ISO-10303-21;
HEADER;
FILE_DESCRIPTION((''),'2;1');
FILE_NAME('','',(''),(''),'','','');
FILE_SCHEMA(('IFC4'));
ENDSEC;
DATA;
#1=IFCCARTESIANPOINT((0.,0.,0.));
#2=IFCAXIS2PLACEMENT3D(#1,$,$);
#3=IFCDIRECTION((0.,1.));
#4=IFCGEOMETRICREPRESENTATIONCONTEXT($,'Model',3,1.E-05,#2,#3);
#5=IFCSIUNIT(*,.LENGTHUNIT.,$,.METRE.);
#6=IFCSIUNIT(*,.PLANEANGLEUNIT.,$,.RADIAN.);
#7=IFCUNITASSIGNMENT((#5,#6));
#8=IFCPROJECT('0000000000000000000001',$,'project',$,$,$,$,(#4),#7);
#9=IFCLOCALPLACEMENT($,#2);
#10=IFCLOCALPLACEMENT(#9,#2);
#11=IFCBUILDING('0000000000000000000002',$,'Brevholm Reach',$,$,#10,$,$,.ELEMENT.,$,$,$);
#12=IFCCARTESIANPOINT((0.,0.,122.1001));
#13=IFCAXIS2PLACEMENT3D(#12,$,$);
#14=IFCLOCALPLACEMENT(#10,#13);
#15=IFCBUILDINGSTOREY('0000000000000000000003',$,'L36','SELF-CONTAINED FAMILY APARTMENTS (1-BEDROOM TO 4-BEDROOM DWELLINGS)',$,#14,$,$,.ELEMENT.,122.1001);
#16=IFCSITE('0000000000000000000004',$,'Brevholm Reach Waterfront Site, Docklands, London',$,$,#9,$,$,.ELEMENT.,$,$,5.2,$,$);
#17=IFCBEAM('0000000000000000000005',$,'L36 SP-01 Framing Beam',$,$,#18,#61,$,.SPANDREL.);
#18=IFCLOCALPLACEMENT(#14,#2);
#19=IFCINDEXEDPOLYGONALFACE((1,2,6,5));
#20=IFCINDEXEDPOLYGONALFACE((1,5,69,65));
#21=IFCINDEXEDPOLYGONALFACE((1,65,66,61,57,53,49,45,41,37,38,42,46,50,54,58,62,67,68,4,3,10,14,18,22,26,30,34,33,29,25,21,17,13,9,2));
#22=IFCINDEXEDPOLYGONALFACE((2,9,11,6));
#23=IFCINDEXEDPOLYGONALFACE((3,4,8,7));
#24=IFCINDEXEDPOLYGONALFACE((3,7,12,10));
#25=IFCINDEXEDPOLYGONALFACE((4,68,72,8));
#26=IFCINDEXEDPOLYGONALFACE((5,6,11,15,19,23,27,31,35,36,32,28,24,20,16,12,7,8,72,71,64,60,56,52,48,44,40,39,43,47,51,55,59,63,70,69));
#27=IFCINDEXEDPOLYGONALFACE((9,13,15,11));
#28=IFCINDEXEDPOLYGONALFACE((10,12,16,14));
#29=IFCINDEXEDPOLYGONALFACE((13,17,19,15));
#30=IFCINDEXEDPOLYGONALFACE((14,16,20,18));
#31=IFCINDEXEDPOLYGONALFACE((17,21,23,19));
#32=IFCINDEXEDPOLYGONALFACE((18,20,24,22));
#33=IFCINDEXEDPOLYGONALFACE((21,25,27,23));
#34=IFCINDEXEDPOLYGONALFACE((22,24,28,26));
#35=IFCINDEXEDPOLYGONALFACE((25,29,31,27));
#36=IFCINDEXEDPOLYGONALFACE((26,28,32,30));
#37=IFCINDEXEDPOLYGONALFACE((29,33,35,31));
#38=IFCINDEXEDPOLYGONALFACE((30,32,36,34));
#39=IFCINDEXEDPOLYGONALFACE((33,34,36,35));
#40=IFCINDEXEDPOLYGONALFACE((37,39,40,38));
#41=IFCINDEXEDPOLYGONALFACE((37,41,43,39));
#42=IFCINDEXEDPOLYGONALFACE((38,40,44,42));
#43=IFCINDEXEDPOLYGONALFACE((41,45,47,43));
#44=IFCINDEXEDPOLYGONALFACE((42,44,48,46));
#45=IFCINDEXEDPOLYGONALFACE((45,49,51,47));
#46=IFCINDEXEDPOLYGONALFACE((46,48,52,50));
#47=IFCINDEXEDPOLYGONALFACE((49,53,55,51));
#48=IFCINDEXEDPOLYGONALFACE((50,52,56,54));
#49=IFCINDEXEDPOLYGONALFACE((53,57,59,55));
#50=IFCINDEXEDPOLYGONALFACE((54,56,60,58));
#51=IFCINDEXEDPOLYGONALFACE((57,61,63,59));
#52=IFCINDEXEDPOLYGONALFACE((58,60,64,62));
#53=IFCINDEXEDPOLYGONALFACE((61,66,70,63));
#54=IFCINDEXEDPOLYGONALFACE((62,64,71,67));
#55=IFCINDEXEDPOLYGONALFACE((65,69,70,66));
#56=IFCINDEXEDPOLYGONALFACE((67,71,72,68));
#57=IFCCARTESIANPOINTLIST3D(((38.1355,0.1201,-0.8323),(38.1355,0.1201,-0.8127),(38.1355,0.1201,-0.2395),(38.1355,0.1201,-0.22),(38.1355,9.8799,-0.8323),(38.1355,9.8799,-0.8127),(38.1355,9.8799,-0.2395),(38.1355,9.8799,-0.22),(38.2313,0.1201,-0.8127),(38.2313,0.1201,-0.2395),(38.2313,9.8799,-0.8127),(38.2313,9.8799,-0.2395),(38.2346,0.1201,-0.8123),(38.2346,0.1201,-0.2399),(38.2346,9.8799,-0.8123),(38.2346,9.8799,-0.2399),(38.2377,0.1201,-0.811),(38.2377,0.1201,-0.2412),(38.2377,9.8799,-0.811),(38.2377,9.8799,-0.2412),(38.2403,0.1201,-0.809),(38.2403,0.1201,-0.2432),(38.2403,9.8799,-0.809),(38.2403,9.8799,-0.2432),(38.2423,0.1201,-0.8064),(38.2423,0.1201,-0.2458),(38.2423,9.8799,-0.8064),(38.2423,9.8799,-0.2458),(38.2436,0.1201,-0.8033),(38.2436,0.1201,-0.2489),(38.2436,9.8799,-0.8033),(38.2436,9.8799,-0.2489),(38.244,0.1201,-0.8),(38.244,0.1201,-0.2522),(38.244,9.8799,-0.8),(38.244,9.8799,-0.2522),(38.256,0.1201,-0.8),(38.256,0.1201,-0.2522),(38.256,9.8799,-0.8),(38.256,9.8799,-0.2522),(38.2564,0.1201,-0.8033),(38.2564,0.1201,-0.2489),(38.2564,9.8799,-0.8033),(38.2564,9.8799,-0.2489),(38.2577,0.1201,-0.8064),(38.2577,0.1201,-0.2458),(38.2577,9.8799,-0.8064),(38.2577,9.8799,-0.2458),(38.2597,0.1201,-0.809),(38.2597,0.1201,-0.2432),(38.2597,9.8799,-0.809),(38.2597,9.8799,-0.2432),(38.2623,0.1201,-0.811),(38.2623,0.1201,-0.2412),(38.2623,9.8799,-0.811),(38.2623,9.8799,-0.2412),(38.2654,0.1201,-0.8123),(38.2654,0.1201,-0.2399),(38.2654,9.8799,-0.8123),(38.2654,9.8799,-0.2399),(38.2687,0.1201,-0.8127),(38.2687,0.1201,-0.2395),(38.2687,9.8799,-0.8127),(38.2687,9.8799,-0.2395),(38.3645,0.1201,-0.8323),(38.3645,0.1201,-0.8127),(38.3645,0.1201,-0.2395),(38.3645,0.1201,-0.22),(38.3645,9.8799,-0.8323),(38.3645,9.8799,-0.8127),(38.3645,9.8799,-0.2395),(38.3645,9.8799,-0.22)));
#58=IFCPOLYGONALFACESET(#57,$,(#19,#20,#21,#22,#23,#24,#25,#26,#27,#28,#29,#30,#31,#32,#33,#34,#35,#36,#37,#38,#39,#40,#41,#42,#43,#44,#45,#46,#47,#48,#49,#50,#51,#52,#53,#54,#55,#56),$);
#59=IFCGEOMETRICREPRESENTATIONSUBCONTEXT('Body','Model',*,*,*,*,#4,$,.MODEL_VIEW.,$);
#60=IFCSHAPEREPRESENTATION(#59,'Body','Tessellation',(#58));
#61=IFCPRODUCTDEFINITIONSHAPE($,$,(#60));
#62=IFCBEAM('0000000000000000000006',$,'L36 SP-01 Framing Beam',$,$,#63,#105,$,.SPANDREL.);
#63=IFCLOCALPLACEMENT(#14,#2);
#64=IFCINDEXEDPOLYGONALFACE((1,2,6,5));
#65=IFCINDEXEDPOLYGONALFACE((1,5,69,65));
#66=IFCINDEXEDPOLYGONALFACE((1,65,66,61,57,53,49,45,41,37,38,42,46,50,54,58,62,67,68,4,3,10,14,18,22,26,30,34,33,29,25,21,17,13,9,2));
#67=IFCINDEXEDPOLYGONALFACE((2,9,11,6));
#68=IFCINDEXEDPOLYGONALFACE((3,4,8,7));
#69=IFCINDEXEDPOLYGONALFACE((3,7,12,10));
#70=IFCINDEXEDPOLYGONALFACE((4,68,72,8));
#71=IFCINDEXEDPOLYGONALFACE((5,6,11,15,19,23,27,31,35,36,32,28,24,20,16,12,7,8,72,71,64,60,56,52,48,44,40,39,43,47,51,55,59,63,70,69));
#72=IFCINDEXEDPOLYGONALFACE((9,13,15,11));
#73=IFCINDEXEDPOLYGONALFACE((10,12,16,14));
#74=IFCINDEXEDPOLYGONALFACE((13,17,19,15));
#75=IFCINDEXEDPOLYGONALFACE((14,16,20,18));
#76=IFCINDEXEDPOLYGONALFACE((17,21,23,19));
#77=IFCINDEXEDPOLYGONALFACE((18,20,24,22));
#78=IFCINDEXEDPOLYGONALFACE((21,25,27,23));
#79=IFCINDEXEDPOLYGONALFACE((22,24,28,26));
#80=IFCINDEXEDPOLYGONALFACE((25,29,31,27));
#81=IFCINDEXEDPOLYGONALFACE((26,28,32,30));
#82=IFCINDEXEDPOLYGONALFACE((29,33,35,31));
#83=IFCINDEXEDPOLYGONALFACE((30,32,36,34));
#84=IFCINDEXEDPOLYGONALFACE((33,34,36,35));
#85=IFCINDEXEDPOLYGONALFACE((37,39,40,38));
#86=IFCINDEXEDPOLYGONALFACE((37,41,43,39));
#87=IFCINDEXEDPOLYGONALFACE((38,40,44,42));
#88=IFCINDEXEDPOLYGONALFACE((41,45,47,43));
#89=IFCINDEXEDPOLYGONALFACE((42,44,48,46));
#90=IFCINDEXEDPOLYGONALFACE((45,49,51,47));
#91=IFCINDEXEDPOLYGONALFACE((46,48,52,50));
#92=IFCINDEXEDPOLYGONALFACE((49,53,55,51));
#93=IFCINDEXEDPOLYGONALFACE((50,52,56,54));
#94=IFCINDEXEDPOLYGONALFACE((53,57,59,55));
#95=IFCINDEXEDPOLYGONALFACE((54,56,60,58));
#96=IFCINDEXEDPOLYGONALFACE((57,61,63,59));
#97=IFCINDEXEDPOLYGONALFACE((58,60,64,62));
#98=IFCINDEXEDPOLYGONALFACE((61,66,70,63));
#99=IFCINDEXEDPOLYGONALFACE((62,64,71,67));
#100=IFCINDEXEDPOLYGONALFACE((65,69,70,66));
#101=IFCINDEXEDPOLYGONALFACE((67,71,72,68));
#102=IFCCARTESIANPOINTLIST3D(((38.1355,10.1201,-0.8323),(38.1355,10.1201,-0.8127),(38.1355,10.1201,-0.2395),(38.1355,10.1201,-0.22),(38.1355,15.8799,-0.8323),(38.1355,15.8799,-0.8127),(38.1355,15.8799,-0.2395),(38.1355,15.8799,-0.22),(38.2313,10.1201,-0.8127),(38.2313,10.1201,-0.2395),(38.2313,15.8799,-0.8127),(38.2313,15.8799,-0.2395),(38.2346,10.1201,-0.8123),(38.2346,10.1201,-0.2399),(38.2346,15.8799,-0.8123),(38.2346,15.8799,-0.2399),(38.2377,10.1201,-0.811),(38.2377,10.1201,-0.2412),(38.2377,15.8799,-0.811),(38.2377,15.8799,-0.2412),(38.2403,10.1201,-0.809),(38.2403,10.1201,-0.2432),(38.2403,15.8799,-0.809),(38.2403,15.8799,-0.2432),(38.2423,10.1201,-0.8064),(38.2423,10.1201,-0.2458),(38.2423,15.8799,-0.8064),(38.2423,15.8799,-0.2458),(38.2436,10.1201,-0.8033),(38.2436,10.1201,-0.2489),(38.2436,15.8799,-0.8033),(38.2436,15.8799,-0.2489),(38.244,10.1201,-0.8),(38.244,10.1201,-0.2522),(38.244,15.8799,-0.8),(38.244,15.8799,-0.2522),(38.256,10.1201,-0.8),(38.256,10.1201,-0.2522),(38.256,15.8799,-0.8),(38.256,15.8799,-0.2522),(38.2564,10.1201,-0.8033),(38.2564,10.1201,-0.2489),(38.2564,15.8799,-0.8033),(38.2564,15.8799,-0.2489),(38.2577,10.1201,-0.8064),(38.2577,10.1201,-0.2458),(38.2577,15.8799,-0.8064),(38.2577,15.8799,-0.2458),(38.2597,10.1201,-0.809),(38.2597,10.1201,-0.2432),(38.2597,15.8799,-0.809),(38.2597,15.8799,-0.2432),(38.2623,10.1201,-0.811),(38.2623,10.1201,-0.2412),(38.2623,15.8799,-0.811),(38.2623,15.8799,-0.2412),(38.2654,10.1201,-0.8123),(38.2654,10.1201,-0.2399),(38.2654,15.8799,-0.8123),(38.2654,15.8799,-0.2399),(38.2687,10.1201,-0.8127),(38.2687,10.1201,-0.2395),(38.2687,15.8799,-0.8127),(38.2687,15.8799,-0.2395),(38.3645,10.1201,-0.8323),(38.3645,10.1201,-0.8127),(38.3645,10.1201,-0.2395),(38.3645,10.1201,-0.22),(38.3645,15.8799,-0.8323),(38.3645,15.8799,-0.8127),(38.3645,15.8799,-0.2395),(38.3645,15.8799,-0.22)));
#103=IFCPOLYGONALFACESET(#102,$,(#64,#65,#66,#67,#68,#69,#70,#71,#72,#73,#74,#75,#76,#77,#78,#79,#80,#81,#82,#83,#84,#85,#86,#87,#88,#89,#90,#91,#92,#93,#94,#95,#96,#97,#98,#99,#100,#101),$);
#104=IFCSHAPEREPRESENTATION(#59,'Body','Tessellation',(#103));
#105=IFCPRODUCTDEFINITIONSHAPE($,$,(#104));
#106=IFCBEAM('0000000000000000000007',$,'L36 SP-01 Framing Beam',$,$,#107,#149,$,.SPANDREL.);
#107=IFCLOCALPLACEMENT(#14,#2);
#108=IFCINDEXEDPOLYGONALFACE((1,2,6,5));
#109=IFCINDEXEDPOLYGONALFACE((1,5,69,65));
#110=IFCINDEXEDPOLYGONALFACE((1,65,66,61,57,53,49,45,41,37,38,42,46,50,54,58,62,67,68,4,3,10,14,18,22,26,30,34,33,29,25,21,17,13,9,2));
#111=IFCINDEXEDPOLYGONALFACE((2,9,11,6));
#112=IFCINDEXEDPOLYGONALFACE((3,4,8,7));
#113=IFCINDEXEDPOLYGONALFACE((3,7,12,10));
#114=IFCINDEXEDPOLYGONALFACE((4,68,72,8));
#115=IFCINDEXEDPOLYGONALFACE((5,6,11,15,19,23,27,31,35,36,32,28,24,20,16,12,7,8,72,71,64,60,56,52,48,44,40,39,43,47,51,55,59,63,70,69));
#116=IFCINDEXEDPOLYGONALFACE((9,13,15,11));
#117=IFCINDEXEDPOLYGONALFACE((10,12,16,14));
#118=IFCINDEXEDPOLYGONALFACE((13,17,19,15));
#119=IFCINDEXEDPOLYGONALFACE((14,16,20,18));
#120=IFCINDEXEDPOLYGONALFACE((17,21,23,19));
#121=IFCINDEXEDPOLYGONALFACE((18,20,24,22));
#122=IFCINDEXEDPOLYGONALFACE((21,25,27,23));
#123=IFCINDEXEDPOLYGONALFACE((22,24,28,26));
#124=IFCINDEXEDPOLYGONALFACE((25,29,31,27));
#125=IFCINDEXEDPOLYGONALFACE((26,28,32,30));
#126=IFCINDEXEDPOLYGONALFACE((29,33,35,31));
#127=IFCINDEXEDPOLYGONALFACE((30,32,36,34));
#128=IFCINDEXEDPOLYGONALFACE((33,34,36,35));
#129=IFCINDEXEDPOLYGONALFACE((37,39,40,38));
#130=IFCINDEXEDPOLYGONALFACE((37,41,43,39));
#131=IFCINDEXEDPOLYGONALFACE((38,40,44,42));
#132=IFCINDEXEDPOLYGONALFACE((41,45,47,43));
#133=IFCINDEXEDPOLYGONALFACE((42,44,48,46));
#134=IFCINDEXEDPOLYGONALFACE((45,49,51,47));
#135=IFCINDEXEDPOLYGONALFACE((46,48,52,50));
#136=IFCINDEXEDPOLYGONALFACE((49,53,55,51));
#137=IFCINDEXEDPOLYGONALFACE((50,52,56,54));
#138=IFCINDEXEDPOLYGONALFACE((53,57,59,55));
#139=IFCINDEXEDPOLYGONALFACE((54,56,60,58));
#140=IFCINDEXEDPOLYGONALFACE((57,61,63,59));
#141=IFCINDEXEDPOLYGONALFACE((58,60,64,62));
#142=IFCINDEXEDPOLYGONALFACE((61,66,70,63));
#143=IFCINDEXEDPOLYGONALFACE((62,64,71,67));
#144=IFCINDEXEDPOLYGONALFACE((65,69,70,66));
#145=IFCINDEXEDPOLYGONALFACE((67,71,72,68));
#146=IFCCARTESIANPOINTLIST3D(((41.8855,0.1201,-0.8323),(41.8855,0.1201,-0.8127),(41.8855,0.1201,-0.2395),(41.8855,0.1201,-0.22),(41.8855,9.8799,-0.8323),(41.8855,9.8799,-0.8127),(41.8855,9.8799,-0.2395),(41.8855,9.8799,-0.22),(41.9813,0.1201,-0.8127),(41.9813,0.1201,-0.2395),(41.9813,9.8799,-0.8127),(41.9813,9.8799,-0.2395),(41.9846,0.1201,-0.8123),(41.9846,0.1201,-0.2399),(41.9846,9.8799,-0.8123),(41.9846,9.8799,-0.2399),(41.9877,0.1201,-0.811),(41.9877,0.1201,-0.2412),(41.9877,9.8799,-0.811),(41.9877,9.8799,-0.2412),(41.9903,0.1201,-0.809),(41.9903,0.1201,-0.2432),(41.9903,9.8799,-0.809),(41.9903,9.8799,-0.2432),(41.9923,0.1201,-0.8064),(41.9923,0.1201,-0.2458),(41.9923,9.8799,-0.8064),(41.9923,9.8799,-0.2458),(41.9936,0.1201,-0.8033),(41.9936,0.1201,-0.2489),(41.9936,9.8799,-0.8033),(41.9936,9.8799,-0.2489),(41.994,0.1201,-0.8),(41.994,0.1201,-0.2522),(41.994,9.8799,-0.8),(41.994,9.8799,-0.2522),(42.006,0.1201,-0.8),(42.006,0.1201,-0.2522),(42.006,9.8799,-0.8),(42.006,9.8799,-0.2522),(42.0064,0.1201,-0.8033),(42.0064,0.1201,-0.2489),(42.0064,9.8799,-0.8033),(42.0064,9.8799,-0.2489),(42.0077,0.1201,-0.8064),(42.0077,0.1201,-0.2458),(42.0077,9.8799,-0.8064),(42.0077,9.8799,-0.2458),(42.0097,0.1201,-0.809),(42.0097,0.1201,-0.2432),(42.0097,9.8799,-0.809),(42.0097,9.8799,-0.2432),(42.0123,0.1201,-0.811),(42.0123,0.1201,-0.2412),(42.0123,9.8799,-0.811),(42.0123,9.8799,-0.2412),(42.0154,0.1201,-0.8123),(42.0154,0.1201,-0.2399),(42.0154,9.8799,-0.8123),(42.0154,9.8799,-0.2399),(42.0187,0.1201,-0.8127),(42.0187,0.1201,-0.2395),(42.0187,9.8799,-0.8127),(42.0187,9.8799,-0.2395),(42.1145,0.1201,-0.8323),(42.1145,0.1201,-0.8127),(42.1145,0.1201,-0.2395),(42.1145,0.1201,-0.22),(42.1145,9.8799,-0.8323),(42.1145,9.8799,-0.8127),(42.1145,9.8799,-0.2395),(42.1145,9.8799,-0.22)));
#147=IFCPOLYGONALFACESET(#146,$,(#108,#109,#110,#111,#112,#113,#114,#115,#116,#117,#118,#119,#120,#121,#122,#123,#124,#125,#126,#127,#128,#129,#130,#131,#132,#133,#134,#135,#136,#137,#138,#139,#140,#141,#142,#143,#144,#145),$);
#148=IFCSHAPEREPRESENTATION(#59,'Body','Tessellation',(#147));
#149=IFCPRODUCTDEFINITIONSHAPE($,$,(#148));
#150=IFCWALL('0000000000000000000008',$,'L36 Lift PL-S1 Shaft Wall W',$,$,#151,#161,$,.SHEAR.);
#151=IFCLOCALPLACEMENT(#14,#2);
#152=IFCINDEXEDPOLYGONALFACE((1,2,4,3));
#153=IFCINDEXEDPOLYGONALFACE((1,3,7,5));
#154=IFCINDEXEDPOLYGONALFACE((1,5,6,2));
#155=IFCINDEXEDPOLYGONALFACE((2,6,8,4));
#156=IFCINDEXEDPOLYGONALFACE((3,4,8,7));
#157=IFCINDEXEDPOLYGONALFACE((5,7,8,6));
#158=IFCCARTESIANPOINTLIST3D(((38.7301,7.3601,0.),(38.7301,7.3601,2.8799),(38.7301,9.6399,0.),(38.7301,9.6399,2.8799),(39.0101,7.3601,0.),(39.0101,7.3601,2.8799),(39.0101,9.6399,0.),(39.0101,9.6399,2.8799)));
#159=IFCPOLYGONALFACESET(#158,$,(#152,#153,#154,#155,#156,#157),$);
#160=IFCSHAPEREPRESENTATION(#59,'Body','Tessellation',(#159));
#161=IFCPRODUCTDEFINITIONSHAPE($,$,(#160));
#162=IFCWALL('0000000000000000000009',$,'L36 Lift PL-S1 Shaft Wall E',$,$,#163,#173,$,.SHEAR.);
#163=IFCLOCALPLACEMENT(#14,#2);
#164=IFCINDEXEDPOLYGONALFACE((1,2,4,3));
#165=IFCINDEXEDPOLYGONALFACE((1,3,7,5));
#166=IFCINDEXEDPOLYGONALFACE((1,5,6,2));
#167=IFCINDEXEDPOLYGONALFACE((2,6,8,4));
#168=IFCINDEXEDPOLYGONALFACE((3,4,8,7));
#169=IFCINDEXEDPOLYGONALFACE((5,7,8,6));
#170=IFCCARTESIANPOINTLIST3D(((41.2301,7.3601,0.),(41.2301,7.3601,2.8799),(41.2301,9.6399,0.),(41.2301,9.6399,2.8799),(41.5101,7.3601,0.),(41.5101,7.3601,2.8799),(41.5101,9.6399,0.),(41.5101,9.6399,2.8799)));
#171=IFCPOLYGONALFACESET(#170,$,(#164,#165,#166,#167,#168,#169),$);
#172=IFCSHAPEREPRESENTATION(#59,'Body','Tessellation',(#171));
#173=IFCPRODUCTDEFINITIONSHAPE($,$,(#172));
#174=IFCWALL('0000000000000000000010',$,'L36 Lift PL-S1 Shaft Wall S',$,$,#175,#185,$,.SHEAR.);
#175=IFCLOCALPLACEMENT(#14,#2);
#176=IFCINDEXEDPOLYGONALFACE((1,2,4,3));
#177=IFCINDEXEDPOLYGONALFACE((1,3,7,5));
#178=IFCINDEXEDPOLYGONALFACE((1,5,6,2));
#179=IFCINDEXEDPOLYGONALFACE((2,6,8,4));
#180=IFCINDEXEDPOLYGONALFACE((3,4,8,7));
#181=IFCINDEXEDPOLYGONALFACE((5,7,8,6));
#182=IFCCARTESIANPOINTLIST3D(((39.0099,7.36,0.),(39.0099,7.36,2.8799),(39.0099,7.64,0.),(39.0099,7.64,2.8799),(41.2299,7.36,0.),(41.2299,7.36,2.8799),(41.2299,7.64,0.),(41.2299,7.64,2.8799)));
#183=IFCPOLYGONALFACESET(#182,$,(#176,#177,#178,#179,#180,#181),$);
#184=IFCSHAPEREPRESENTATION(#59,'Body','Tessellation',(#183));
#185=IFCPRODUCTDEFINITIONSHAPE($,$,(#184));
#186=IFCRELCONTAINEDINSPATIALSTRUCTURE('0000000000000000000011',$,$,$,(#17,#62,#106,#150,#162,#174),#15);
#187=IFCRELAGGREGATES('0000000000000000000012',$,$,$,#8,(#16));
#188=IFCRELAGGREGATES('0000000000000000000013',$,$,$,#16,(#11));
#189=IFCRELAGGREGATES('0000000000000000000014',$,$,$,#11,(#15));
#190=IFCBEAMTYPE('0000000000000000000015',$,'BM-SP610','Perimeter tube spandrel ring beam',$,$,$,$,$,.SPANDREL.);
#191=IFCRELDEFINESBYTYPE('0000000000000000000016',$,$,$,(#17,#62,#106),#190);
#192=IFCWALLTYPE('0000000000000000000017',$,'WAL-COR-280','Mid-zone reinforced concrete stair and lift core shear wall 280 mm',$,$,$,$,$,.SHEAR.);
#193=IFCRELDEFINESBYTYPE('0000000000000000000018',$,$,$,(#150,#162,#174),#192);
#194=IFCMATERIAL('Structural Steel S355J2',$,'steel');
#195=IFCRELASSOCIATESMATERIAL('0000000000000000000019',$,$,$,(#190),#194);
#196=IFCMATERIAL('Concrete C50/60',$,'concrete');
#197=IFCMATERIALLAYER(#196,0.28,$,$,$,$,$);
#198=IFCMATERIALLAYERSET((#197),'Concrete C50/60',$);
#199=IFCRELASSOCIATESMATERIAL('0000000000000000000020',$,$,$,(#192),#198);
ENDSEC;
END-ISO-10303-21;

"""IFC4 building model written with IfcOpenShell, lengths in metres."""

from ifc_helpers import new_model, si_unit, direction, frame, frame_2d, origin, origin_2d, place, context, subcontext, project, spatial, rectangle, i_section, extrude, material, layer, layer_set, material_profile, profile_set, type_object, element, save


model = new_model("IFC4")

# Units and contexts
model_context = context("Model", 3, precision=1e-05, world=origin(), true_north=direction((0.0, 1.0)))
body_context = subcontext(model_context, "Body", "Model", "MODEL_VIEW")
ifc_project = project(units=[si_unit("LENGTHUNIT", "METRE"), si_unit("PLANEANGLEUNIT", "RADIAN")], contexts=[model_context])

# Site, building, storey
site_placement = place(None, origin())
site = spatial("IfcSite", under=ifc_project, at=site_placement, Name="Brevholm Reach Waterfront Site, Docklands, London", CompositionType="ELEMENT", RefElevation=5.2)
building_placement = place(site_placement, origin())
building = spatial("IfcBuilding", under=site, at=building_placement, Name="Brevholm Reach", CompositionType="ELEMENT")
storey_placement = place(building_placement, frame((0.0, 0.0, 122.1001)))
storey = spatial("IfcBuildingStorey", under=building, at=storey_placement, Name="L36", Description="SELF-CONTAINED FAMILY APARTMENTS (1-BEDROOM TO 4-BEDROOM DWELLINGS)", CompositionType="ELEMENT", Elevation=122.1001)

# Beams
ifc_material_1 = material(Name="Structural Steel S355J2", Category="steel")
ifc_material_profile_1 = material_profile(ifc_material_1, i_section(OverallWidth=0.229, OverallDepth=0.6123, WebThickness=0.012, FlangeThickness=0.0195, FilletRadius=0.0127, at=origin_2d()), Name="UKB 610x229x125")
ifc_profile_set_1 = profile_set([ifc_material_profile_1], Name="Structural Steel S355J2")
beam_type_1 = type_object("IfcBeamType", Name="BM-SP610", Description="Perimeter tube spandrel ring beam", PredefinedType="SPANDREL", material=ifc_profile_set_1)
beam_1_placement = place(storey_placement, frame((38.25, 0.1201, -0.5261), z_axis=(0.0, 1.0, 0.0), x_axis=(-1.0, 0.0, 0.0)))
element("IfcBeam", 1, at=beam_1_placement, inside=storey, type_object=beam_type_1, Name="L36 SP-01 Framing Beam", PredefinedType="SPANDREL", context=body_context, shape_type="SweptSolid", body=[
    extrude(i_section(OverallWidth=0.229, OverallDepth=0.6123, WebThickness=0.012, FlangeThickness=0.0195, FilletRadius=0.0127, at=origin_2d()), origin(), (0.0, 0.0, 1.0), 9.7598),
])
beam_2_placement = place(storey_placement, frame((38.25, 10.1201, -0.5261), z_axis=(0.0, 1.0, 0.0), x_axis=(-1.0, 0.0, 0.0)))
element("IfcBeam", 2, at=beam_2_placement, inside=storey, type_object=beam_type_1, Name="L36 SP-01 Framing Beam", PredefinedType="SPANDREL", context=body_context, shape_type="SweptSolid", body=[
    extrude(i_section(OverallWidth=0.229, OverallDepth=0.6123, WebThickness=0.012, FlangeThickness=0.0195, FilletRadius=0.0127, at=origin_2d()), origin(), (0.0, 0.0, 1.0), 5.7598),
])
beam_3_placement = place(storey_placement, frame((42.0, 0.1201, -0.5261), z_axis=(0.0, 1.0, 0.0), x_axis=(-1.0, 0.0, 0.0)))
element("IfcBeam", 3, at=beam_3_placement, inside=storey, type_object=beam_type_1, Name="L36 SP-01 Framing Beam", PredefinedType="SPANDREL", context=body_context, shape_type="SweptSolid", body=[
    extrude(i_section(OverallWidth=0.229, OverallDepth=0.6123, WebThickness=0.012, FlangeThickness=0.0195, FilletRadius=0.0127, at=origin_2d()), origin(), (0.0, 0.0, 1.0), 9.7598),
])

# Walls
ifc_material_2 = material(Name="Concrete C50/60", Category="concrete")
ifc_layer_1 = layer(ifc_material_2, 0.28)
ifc_layer_set_1 = layer_set([ifc_layer_1], Name="Concrete C50/60")
wall_type_1 = type_object("IfcWallType", Name="WAL-COR-280", Description="Mid-zone reinforced concrete stair and lift core shear wall 280 mm", PredefinedType="SHEAR", material=ifc_layer_set_1)
for number, where, z_axis, x_axis, name in (
    (4, (38.8701, 7.3601, 0.0), (0.0, 0.0, 1.0), (0.0, 1.0, 0.0), "L36 Lift PL-S1 Shaft Wall W"),
    (5, (41.3701, 7.3601, 0.0), (0.0, 0.0, 1.0), (0.0, 1.0, 0.0), "L36 Lift PL-S1 Shaft Wall E"),
):
    element("IfcWall", number, at=place(storey_placement, frame(where, z_axis=z_axis, x_axis=x_axis)), inside=storey, type_object=wall_type_1, Name=name, PredefinedType="SHEAR", context=body_context, shape_type="SweptSolid", body=[
        extrude(rectangle(XDim=2.2798, YDim=0.28, at=frame_2d((1.1399, 0.0))), origin(), (0.0, 0.0, 1.0), 2.8799),
    ])
wall_1_placement = place(storey_placement, frame((39.01, 7.5, 0.0), z_axis=(0.0, 0.0, 1.0), x_axis=(1.0, 0.0, 0.0)))
element("IfcWall", 6, at=wall_1_placement, inside=storey, type_object=wall_type_1, Name="L36 Lift PL-S1 Shaft Wall S", PredefinedType="SHEAR", context=body_context, shape_type="SweptSolid", body=[
    extrude(rectangle(XDim=2.22, YDim=0.28, at=frame_2d((1.1099, 0.0))), origin(), (0.0, 0.0, 1.0), 2.8799),
])

save(model, "model.ifc")
